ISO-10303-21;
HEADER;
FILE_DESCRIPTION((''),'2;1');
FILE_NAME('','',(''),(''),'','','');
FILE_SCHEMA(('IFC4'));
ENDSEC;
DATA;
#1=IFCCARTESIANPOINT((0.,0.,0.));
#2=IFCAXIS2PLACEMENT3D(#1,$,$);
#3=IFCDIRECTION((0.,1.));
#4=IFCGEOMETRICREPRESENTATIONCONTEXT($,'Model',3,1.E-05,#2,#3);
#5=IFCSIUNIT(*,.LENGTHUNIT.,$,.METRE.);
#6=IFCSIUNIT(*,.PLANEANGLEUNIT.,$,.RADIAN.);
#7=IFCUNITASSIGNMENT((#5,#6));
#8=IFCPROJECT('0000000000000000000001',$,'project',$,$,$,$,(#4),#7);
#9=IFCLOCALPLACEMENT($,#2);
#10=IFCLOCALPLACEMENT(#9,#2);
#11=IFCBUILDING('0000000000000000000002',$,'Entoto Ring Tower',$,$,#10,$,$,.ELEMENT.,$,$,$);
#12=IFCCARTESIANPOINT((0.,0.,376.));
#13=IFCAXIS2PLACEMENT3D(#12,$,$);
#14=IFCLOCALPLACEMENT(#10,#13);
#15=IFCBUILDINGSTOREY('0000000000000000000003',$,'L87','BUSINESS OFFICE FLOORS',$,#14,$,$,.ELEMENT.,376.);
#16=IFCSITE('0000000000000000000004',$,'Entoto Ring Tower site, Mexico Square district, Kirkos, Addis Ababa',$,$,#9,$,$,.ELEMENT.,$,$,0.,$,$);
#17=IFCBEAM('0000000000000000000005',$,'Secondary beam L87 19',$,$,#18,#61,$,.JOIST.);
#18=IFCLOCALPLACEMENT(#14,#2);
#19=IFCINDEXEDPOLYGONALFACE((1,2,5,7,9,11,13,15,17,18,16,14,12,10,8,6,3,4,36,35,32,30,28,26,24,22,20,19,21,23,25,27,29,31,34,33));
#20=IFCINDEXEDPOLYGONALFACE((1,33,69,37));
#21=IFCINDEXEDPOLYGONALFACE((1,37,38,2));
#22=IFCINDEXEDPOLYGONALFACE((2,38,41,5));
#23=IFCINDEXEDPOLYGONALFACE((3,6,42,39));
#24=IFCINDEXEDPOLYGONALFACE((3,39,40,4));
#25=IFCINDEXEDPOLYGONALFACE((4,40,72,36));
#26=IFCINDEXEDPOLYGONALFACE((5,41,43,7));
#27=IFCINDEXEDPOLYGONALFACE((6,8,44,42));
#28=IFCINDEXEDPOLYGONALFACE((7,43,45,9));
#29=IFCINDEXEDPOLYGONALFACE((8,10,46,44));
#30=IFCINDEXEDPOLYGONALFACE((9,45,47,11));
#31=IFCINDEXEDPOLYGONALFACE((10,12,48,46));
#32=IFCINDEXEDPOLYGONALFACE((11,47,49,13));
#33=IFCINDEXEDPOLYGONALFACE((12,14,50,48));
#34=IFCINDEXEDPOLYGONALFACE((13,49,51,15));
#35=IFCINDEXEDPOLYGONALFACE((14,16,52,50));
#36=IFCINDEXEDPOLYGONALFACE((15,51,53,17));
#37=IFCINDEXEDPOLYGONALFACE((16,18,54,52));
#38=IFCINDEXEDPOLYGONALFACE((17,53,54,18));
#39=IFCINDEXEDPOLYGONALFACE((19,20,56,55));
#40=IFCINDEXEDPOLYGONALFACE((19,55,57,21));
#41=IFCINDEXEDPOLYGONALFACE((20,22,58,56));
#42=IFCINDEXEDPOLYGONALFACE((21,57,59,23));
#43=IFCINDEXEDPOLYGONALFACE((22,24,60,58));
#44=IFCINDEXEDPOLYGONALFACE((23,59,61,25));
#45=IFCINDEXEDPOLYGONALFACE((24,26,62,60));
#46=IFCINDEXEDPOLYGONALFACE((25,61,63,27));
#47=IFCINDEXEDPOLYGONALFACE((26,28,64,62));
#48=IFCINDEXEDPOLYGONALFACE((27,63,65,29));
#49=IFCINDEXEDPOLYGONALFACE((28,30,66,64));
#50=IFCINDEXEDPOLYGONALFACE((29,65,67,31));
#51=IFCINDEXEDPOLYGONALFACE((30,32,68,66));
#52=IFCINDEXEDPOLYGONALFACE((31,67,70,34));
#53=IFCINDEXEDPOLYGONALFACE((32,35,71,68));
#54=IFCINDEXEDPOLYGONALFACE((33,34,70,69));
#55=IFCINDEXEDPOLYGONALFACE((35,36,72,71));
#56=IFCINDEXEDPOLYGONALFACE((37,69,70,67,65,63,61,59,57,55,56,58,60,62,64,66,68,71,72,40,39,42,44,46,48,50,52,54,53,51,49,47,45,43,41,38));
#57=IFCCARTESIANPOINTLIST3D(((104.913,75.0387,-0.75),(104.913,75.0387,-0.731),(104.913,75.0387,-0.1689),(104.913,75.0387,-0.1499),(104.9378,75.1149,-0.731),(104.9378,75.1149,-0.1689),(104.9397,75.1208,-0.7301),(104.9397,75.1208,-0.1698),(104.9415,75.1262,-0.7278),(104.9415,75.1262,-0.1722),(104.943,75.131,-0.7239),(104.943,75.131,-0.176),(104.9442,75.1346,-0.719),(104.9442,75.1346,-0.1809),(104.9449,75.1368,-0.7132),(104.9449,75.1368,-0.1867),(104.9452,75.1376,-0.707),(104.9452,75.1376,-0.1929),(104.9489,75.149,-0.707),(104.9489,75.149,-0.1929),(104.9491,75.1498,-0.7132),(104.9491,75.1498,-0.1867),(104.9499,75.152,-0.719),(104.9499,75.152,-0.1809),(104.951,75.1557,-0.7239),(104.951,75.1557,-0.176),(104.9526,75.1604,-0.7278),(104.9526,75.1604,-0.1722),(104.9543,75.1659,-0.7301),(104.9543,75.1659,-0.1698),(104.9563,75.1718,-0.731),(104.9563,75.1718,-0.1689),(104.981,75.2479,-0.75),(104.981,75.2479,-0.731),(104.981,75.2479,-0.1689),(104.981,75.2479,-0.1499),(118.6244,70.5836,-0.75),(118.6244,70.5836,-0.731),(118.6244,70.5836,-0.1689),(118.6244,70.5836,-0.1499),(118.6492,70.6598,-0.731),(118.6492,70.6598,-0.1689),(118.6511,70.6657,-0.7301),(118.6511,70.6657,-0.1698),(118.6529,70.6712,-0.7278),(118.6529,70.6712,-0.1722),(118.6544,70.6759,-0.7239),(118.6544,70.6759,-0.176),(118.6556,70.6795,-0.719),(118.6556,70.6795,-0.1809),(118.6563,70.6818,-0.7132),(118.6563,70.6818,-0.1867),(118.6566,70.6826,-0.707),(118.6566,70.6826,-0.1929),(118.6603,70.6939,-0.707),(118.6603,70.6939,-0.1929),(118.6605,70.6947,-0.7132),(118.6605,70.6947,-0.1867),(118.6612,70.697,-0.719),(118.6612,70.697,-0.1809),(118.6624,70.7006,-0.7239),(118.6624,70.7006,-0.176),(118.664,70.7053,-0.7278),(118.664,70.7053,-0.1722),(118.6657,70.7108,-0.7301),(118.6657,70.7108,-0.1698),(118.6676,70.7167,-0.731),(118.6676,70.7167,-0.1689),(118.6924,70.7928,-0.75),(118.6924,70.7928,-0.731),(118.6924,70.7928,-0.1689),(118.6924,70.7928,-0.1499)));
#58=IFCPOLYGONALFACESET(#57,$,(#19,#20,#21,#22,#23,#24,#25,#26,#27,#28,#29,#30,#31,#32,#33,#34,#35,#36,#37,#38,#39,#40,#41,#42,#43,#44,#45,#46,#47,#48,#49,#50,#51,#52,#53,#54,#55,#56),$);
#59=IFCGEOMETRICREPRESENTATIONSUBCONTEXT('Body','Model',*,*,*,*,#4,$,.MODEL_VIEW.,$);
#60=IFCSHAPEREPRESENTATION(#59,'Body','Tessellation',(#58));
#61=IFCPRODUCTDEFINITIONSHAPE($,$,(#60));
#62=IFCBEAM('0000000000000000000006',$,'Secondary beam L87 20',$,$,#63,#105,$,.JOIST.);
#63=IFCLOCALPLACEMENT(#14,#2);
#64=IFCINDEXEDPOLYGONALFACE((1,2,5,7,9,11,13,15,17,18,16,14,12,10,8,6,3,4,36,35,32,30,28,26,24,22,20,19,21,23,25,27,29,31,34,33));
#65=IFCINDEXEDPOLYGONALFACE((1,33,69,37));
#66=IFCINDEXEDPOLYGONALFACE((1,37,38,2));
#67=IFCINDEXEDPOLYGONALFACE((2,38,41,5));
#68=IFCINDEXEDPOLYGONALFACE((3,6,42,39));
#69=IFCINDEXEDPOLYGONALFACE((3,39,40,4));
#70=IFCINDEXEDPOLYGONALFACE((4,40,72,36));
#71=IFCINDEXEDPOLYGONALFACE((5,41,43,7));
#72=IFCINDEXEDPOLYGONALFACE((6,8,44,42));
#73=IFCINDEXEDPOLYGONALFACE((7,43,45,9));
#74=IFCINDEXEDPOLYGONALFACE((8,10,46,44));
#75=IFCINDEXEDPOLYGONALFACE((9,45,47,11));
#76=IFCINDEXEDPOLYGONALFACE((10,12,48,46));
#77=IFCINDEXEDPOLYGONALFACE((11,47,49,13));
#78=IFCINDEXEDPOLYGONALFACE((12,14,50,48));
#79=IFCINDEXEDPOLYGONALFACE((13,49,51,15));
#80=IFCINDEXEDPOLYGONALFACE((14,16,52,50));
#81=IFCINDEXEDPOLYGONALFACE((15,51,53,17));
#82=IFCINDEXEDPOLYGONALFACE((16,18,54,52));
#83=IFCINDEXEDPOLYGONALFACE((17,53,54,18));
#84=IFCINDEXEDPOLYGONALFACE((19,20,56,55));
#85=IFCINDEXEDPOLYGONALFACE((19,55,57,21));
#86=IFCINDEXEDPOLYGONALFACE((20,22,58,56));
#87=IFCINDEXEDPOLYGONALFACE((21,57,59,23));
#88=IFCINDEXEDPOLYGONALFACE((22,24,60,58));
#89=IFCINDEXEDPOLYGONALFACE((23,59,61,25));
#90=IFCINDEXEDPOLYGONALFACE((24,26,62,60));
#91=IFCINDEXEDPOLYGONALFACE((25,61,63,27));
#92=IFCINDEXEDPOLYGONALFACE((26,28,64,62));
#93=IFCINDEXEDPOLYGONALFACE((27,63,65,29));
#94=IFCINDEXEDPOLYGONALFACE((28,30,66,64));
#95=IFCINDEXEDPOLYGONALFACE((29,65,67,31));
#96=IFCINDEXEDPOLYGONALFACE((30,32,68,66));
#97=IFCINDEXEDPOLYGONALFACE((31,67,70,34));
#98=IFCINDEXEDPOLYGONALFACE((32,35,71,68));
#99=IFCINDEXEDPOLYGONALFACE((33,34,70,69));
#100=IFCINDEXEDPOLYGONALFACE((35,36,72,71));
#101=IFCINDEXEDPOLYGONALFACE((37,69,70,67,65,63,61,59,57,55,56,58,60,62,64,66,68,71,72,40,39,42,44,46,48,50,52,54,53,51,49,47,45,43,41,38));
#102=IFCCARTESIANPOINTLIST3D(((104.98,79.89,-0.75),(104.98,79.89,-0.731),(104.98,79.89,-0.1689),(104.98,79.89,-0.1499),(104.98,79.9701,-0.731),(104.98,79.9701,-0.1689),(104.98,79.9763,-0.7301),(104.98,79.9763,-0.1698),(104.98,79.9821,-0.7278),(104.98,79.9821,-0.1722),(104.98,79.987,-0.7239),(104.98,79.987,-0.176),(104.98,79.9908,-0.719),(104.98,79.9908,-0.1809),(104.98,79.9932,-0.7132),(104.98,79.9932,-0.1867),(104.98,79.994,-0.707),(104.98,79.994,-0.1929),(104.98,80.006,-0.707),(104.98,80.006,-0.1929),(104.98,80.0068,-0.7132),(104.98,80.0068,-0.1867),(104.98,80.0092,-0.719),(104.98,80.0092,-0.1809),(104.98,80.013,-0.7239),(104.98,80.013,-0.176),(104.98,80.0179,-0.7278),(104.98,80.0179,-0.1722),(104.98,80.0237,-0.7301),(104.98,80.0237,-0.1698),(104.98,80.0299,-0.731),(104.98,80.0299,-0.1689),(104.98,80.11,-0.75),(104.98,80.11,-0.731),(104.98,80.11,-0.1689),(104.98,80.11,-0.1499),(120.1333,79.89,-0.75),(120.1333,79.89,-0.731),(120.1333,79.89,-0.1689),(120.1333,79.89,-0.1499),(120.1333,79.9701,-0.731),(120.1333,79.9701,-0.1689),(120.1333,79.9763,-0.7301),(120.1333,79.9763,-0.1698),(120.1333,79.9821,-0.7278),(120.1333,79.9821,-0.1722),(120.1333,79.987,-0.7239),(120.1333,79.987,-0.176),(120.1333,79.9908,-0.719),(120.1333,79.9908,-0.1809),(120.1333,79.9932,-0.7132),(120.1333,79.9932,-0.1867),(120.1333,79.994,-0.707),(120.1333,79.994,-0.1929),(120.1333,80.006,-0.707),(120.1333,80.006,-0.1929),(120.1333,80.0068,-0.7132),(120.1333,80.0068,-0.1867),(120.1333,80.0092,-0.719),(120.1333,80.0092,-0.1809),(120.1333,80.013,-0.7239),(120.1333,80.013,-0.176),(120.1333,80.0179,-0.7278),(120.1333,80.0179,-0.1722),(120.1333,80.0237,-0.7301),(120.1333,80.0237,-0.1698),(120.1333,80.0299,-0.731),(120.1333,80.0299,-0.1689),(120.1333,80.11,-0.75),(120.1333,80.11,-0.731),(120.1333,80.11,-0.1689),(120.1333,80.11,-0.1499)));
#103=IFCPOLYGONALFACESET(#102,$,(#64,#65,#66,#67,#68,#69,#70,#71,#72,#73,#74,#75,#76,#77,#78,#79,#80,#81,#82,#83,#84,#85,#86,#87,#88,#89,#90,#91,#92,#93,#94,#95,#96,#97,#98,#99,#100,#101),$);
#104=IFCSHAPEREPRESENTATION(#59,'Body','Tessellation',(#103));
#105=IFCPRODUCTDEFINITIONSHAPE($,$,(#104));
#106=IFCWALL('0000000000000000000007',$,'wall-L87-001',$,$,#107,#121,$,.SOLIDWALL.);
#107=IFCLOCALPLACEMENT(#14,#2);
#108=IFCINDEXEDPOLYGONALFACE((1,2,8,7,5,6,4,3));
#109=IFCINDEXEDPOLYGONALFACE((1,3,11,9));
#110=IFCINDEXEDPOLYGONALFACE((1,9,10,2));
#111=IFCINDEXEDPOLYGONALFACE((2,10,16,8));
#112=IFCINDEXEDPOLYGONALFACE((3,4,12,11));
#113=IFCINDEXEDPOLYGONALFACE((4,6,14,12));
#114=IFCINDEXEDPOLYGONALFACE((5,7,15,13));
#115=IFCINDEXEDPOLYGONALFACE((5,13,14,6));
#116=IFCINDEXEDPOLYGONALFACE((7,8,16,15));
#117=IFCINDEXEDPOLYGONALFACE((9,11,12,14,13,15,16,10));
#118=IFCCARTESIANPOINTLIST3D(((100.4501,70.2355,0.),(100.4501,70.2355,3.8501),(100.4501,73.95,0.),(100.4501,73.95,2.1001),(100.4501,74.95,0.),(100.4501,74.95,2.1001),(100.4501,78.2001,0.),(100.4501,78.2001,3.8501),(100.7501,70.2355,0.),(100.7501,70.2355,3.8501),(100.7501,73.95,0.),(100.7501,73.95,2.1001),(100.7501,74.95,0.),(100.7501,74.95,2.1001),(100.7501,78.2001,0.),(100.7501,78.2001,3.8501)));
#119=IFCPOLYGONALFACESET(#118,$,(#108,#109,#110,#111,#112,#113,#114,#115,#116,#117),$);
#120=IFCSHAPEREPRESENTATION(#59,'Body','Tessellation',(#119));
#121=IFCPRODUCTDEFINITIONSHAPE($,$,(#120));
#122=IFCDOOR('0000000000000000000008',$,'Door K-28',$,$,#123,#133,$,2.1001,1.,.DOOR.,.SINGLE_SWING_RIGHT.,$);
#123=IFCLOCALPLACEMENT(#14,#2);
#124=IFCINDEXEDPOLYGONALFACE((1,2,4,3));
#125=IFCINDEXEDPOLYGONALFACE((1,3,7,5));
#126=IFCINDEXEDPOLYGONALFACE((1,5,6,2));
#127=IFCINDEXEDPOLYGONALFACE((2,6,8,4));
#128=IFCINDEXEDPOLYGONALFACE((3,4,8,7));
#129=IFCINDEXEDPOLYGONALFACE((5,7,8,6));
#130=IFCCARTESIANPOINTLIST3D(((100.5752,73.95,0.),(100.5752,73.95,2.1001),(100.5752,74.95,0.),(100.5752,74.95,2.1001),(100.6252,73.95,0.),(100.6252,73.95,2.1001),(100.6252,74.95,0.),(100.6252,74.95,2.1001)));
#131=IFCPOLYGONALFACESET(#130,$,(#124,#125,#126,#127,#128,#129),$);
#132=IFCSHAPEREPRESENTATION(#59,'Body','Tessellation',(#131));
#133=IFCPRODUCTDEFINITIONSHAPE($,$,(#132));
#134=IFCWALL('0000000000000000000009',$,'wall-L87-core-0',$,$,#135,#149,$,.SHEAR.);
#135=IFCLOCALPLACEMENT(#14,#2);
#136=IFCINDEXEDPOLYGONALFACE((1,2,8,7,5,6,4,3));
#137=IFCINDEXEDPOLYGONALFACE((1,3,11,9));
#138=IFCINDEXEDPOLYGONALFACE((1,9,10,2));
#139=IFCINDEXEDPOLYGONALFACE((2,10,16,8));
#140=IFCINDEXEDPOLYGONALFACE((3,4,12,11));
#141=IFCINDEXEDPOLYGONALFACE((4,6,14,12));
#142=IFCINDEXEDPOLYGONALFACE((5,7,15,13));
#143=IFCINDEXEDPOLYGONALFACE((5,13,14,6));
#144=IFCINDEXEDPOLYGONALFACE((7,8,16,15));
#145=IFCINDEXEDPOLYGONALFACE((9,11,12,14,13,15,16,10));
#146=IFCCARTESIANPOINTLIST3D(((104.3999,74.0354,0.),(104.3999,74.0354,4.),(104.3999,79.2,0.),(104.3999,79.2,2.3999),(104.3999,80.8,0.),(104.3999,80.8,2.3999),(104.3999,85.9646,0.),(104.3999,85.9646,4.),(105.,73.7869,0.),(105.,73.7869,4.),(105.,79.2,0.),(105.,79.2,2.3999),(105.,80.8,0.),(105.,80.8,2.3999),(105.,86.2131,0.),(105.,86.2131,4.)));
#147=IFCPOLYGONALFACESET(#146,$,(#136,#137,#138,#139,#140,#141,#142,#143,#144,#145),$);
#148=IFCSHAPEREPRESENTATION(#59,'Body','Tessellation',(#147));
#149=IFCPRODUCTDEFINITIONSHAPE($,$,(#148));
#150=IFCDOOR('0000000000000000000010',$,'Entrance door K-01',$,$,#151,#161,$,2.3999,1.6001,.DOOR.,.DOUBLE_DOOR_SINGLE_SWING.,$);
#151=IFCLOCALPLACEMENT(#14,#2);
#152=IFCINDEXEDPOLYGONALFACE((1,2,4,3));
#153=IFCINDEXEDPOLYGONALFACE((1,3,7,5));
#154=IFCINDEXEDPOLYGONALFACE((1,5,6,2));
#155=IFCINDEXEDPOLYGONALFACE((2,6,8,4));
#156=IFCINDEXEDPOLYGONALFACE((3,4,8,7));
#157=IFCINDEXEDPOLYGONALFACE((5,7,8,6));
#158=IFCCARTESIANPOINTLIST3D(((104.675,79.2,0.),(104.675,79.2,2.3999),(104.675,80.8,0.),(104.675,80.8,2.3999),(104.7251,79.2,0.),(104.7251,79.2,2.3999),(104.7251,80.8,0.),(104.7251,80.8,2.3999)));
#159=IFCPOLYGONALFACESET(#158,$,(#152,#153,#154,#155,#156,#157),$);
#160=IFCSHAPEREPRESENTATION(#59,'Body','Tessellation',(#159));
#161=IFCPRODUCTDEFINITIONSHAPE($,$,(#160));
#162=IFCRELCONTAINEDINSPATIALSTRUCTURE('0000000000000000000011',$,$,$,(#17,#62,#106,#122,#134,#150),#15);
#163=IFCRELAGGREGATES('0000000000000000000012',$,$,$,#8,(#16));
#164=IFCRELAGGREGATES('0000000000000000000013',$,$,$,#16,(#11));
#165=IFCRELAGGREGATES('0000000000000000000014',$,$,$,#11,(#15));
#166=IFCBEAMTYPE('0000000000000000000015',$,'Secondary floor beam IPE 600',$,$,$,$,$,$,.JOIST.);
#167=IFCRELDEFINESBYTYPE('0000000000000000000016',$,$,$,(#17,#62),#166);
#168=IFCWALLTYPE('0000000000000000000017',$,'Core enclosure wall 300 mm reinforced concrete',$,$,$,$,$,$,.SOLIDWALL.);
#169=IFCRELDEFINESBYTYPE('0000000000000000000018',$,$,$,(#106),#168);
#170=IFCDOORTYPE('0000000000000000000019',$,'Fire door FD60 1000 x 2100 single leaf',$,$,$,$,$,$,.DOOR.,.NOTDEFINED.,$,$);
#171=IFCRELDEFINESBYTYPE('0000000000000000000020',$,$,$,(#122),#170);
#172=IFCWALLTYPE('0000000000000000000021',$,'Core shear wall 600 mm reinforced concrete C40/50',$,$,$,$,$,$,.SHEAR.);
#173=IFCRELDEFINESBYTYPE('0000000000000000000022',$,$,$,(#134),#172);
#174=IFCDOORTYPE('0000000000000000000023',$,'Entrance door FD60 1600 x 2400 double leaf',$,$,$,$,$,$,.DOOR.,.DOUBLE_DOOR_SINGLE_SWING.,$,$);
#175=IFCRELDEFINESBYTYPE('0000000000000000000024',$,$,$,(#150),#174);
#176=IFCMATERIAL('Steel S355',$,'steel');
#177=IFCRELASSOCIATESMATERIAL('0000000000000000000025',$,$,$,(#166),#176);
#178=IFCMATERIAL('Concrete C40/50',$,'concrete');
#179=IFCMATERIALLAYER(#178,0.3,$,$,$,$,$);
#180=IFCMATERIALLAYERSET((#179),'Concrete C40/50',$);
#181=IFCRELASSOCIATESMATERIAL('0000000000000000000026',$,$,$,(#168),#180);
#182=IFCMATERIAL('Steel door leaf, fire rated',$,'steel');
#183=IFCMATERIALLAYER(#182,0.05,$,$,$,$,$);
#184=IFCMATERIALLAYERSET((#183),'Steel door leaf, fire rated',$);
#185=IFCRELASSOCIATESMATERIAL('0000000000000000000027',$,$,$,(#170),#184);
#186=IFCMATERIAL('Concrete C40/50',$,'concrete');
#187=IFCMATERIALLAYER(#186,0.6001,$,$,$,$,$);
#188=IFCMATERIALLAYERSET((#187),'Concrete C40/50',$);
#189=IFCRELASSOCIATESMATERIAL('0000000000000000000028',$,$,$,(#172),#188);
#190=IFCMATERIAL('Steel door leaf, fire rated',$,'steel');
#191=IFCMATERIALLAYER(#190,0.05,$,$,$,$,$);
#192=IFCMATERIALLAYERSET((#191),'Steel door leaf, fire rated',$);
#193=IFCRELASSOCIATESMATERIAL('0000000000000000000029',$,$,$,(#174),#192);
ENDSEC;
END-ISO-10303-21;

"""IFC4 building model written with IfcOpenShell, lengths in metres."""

from ifc_helpers import new_model, si_unit, direction, frame, frame_2d, origin, origin_2d, place, context, subcontext, project, spatial, polyline, rectangle, i_section, outline, extrude, material, layer, layer_set, material_profile, profile_set, type_object, element, fill, save


model = new_model("IFC4")

# Units and contexts
model_context = context("Model", 3, precision=1e-05, world=origin(), true_north=direction((0.0, 1.0)))
body_context = subcontext(model_context, "Body", "Model", "MODEL_VIEW")
ifc_project = project(units=[si_unit("LENGTHUNIT", "METRE"), si_unit("PLANEANGLEUNIT", "RADIAN")], contexts=[model_context])

# Site, building, storey
site_placement = place(None, origin())
site = spatial("IfcSite", under=ifc_project, at=site_placement, Name="Entoto Ring Tower site, Mexico Square district, Kirkos, Addis Ababa", CompositionType="ELEMENT", RefElevation=0.0)
building_placement = place(site_placement, origin())
building = spatial("IfcBuilding", under=site, at=building_placement, Name="Entoto Ring Tower", CompositionType="ELEMENT")
storey_placement = place(building_placement, frame((0.0, 0.0, 376.0)))
storey = spatial("IfcBuildingStorey", under=building, at=storey_placement, Name="L87", Description="BUSINESS OFFICE FLOORS", CompositionType="ELEMENT", Elevation=376.0)

# Beams
ifc_material_1 = material(Name="Steel S355", Category="steel")
ifc_material_profile_1 = material_profile(ifc_material_1, i_section(OverallWidth=0.22, OverallDepth=0.6001, WebThickness=0.012, FlangeThickness=0.019, FilletRadius=0.0239, at=origin_2d()), Name="IPE 600")
ifc_profile_set_1 = profile_set([ifc_material_profile_1], Name="Steel S355")
beam_type_1 = type_object("IfcBeamType", Name="Secondary floor beam IPE 600", PredefinedType="JOIST", material=ifc_profile_set_1)
beam_1_placement = place(storey_placement, frame((104.947, 75.1433, -0.45), z_axis=(0.951057, -0.309015, 0.0), x_axis=(0.309015, 0.951057, 0.0)))
element("IfcBeam", 1, at=beam_1_placement, inside=storey, type_object=beam_type_1, Name="Secondary beam L87 19", PredefinedType="JOIST", context=body_context, shape_type="SweptSolid", body=[
    extrude(i_section(OverallWidth=0.22, OverallDepth=0.6001, WebThickness=0.012, FlangeThickness=0.019, FilletRadius=0.0239, at=origin_2d()), origin(), (0.0, 0.0, 1.0), 14.417),
])
beam_2_placement = place(storey_placement, frame((104.98, 80.0, -0.45), z_axis=(1.0, 0.0, 0.0), x_axis=(0.0, 1.0, 0.0)))
element("IfcBeam", 2, at=beam_2_placement, inside=storey, type_object=beam_type_1, Name="Secondary beam L87 20", PredefinedType="JOIST", context=body_context, shape_type="SweptSolid", body=[
    extrude(i_section(OverallWidth=0.22, OverallDepth=0.6001, WebThickness=0.012, FlangeThickness=0.019, FilletRadius=0.0239, at=origin_2d()), origin(), (0.0, 0.0, 1.0), 15.1533),
])

# Walls, openings, doors
ifc_material_2 = material(Name="Concrete C40/50", Category="concrete")
ifc_layer_1 = layer(ifc_material_2, 0.3)
ifc_layer_set_1 = layer_set([ifc_layer_1], Name="Concrete C40/50")
wall_type_1 = type_object("IfcWallType", Name="Core enclosure wall 300 mm reinforced concrete", PredefinedType="SOLIDWALL", material=ifc_layer_set_1)
wall_1_placement = place(storey_placement, frame((100.6001, 70.2354, 0.0), z_axis=(0.0, 0.0, 1.0), x_axis=(0.0, 1.0, 0.0)))
wall_1 = element("IfcWall", 3, at=wall_1_placement, inside=storey, type_object=wall_type_1, Name="wall-L87-001", PredefinedType="SOLIDWALL", context=body_context, shape_type="SweptSolid", body=[
    extrude(rectangle(XDim=7.9646, YDim=0.3, at=frame_2d((3.9824, 0.0))), origin(), (0.0, 0.0, 1.0), 3.8501),
])
opening_1_placement = place(wall_1_placement, frame((3.7146, 0.0, 0.0)))
opening_1 = element("IfcOpeningElement", 4, at=opening_1_placement, cuts=wall_1, PredefinedType="OPENING", context=body_context, shape_type="SweptSolid", body=[
    extrude(rectangle(XDim=1.0, YDim=2.1001, at=frame_2d((0.5, 1.05))), frame((0.0, 0.1602, 0.0), z_axis=(0.0, -1.0, 0.0), x_axis=(1.0, 0.0, 0.0)), (0.0, 0.0, 1.0), 0.3201),
])
ifc_material_3 = material(Name="Steel door leaf, fire rated", Category="steel")
ifc_layer_2 = layer(ifc_material_3, 0.05)
ifc_layer_set_2 = layer_set([ifc_layer_2], Name="Steel door leaf, fire rated")
door_type_1 = type_object("IfcDoorType", Name="Fire door FD60 1000 x 2100 single leaf", OperationType="NOTDEFINED", PredefinedType="DOOR", material=ifc_layer_set_2)
door_1_placement = place(opening_1_placement, origin())
door_1 = element("IfcDoor", 5, at=door_1_placement, inside=storey, type_object=door_type_1, Name="Door K-28", OperationType="SINGLE_SWING_RIGHT", OverallHeight=2.1001, OverallWidth=1.0, PredefinedType="DOOR", context=body_context, shape_type="SweptSolid", body=[
    extrude(rectangle(XDim=1.0, YDim=2.1001, at=frame_2d((0.5, 1.05))), frame((0.0, 0.0249, 0.0), z_axis=(0.0, -1.0, 0.0), x_axis=(1.0, 0.0, 0.0)), (0.0, 0.0, 1.0), 0.05),
])
fill(opening_1, door_1)
ifc_material_4 = material(Name="Concrete C40/50", Category="concrete")
ifc_layer_3 = layer(ifc_material_4, 0.6001)
ifc_layer_set_3 = layer_set([ifc_layer_3], Name="Concrete C40/50")
wall_type_2 = type_object("IfcWallType", Name="Core shear wall 600 mm reinforced concrete C40/50", PredefinedType="SHEAR", material=ifc_layer_set_3)
wall_2_placement = place(storey_placement, frame((104.7, 73.9111, 0.0), z_axis=(0.0, 0.0, 1.0), x_axis=(0.0, 1.0, 0.0)))
wall_2 = element("IfcWall", 6, at=wall_2_placement, inside=storey, type_object=wall_type_2, Name="wall-L87-core-0", PredefinedType="SHEAR", context=body_context, shape_type="SweptSolid", body=[
    extrude(outline(polyline([(-0.1243, -0.3), (12.302, -0.3), (12.0535, 0.3), (0.1243, 0.3), (-0.1243, -0.3)])), origin(), (0.0, 0.0, 1.0), 4.0),
])
opening_2_placement = place(wall_2_placement, frame((5.2888, 0.0, 0.0)))
opening_2 = element("IfcOpeningElement", 7, at=opening_2_placement, cuts=wall_2, PredefinedType="OPENING", context=body_context, shape_type="SweptSolid", body=[
    extrude(rectangle(XDim=1.6001, YDim=2.3999, at=frame_2d((0.8, 1.2))), frame((0.0, 0.3101, 0.0), z_axis=(0.0, -1.0, 0.0), x_axis=(1.0, 0.0, 0.0)), (0.0, 0.0, 1.0), 0.6201),
])
ifc_material_5 = material(Name="Steel door leaf, fire rated", Category="steel")
ifc_layer_4 = layer(ifc_material_5, 0.05)
ifc_layer_set_4 = layer_set([ifc_layer_4], Name="Steel door leaf, fire rated")
door_type_2 = type_object("IfcDoorType", Name="Entrance door FD60 1600 x 2400 double leaf", OperationType="DOUBLE_DOOR_SINGLE_SWING", PredefinedType="DOOR", material=ifc_layer_set_4)
door_2_placement = place(opening_2_placement, origin())
door_2 = element("IfcDoor", 8, at=door_2_placement, inside=storey, type_object=door_type_2, Name="Entrance door K-01", OperationType="DOUBLE_DOOR_SINGLE_SWING", OverallHeight=2.3999, OverallWidth=1.6001, PredefinedType="DOOR", context=body_context, shape_type="SweptSolid", body=[
    extrude(rectangle(XDim=1.6001, YDim=2.3999, at=frame_2d((0.8, 1.2))), frame((0.0, 0.0249, 0.0), z_axis=(0.0, -1.0, 0.0), x_axis=(1.0, 0.0, 0.0)), (0.0, 0.0, 1.0), 0.05),
])
fill(opening_2, door_2)

save(model, "model.ifc")
